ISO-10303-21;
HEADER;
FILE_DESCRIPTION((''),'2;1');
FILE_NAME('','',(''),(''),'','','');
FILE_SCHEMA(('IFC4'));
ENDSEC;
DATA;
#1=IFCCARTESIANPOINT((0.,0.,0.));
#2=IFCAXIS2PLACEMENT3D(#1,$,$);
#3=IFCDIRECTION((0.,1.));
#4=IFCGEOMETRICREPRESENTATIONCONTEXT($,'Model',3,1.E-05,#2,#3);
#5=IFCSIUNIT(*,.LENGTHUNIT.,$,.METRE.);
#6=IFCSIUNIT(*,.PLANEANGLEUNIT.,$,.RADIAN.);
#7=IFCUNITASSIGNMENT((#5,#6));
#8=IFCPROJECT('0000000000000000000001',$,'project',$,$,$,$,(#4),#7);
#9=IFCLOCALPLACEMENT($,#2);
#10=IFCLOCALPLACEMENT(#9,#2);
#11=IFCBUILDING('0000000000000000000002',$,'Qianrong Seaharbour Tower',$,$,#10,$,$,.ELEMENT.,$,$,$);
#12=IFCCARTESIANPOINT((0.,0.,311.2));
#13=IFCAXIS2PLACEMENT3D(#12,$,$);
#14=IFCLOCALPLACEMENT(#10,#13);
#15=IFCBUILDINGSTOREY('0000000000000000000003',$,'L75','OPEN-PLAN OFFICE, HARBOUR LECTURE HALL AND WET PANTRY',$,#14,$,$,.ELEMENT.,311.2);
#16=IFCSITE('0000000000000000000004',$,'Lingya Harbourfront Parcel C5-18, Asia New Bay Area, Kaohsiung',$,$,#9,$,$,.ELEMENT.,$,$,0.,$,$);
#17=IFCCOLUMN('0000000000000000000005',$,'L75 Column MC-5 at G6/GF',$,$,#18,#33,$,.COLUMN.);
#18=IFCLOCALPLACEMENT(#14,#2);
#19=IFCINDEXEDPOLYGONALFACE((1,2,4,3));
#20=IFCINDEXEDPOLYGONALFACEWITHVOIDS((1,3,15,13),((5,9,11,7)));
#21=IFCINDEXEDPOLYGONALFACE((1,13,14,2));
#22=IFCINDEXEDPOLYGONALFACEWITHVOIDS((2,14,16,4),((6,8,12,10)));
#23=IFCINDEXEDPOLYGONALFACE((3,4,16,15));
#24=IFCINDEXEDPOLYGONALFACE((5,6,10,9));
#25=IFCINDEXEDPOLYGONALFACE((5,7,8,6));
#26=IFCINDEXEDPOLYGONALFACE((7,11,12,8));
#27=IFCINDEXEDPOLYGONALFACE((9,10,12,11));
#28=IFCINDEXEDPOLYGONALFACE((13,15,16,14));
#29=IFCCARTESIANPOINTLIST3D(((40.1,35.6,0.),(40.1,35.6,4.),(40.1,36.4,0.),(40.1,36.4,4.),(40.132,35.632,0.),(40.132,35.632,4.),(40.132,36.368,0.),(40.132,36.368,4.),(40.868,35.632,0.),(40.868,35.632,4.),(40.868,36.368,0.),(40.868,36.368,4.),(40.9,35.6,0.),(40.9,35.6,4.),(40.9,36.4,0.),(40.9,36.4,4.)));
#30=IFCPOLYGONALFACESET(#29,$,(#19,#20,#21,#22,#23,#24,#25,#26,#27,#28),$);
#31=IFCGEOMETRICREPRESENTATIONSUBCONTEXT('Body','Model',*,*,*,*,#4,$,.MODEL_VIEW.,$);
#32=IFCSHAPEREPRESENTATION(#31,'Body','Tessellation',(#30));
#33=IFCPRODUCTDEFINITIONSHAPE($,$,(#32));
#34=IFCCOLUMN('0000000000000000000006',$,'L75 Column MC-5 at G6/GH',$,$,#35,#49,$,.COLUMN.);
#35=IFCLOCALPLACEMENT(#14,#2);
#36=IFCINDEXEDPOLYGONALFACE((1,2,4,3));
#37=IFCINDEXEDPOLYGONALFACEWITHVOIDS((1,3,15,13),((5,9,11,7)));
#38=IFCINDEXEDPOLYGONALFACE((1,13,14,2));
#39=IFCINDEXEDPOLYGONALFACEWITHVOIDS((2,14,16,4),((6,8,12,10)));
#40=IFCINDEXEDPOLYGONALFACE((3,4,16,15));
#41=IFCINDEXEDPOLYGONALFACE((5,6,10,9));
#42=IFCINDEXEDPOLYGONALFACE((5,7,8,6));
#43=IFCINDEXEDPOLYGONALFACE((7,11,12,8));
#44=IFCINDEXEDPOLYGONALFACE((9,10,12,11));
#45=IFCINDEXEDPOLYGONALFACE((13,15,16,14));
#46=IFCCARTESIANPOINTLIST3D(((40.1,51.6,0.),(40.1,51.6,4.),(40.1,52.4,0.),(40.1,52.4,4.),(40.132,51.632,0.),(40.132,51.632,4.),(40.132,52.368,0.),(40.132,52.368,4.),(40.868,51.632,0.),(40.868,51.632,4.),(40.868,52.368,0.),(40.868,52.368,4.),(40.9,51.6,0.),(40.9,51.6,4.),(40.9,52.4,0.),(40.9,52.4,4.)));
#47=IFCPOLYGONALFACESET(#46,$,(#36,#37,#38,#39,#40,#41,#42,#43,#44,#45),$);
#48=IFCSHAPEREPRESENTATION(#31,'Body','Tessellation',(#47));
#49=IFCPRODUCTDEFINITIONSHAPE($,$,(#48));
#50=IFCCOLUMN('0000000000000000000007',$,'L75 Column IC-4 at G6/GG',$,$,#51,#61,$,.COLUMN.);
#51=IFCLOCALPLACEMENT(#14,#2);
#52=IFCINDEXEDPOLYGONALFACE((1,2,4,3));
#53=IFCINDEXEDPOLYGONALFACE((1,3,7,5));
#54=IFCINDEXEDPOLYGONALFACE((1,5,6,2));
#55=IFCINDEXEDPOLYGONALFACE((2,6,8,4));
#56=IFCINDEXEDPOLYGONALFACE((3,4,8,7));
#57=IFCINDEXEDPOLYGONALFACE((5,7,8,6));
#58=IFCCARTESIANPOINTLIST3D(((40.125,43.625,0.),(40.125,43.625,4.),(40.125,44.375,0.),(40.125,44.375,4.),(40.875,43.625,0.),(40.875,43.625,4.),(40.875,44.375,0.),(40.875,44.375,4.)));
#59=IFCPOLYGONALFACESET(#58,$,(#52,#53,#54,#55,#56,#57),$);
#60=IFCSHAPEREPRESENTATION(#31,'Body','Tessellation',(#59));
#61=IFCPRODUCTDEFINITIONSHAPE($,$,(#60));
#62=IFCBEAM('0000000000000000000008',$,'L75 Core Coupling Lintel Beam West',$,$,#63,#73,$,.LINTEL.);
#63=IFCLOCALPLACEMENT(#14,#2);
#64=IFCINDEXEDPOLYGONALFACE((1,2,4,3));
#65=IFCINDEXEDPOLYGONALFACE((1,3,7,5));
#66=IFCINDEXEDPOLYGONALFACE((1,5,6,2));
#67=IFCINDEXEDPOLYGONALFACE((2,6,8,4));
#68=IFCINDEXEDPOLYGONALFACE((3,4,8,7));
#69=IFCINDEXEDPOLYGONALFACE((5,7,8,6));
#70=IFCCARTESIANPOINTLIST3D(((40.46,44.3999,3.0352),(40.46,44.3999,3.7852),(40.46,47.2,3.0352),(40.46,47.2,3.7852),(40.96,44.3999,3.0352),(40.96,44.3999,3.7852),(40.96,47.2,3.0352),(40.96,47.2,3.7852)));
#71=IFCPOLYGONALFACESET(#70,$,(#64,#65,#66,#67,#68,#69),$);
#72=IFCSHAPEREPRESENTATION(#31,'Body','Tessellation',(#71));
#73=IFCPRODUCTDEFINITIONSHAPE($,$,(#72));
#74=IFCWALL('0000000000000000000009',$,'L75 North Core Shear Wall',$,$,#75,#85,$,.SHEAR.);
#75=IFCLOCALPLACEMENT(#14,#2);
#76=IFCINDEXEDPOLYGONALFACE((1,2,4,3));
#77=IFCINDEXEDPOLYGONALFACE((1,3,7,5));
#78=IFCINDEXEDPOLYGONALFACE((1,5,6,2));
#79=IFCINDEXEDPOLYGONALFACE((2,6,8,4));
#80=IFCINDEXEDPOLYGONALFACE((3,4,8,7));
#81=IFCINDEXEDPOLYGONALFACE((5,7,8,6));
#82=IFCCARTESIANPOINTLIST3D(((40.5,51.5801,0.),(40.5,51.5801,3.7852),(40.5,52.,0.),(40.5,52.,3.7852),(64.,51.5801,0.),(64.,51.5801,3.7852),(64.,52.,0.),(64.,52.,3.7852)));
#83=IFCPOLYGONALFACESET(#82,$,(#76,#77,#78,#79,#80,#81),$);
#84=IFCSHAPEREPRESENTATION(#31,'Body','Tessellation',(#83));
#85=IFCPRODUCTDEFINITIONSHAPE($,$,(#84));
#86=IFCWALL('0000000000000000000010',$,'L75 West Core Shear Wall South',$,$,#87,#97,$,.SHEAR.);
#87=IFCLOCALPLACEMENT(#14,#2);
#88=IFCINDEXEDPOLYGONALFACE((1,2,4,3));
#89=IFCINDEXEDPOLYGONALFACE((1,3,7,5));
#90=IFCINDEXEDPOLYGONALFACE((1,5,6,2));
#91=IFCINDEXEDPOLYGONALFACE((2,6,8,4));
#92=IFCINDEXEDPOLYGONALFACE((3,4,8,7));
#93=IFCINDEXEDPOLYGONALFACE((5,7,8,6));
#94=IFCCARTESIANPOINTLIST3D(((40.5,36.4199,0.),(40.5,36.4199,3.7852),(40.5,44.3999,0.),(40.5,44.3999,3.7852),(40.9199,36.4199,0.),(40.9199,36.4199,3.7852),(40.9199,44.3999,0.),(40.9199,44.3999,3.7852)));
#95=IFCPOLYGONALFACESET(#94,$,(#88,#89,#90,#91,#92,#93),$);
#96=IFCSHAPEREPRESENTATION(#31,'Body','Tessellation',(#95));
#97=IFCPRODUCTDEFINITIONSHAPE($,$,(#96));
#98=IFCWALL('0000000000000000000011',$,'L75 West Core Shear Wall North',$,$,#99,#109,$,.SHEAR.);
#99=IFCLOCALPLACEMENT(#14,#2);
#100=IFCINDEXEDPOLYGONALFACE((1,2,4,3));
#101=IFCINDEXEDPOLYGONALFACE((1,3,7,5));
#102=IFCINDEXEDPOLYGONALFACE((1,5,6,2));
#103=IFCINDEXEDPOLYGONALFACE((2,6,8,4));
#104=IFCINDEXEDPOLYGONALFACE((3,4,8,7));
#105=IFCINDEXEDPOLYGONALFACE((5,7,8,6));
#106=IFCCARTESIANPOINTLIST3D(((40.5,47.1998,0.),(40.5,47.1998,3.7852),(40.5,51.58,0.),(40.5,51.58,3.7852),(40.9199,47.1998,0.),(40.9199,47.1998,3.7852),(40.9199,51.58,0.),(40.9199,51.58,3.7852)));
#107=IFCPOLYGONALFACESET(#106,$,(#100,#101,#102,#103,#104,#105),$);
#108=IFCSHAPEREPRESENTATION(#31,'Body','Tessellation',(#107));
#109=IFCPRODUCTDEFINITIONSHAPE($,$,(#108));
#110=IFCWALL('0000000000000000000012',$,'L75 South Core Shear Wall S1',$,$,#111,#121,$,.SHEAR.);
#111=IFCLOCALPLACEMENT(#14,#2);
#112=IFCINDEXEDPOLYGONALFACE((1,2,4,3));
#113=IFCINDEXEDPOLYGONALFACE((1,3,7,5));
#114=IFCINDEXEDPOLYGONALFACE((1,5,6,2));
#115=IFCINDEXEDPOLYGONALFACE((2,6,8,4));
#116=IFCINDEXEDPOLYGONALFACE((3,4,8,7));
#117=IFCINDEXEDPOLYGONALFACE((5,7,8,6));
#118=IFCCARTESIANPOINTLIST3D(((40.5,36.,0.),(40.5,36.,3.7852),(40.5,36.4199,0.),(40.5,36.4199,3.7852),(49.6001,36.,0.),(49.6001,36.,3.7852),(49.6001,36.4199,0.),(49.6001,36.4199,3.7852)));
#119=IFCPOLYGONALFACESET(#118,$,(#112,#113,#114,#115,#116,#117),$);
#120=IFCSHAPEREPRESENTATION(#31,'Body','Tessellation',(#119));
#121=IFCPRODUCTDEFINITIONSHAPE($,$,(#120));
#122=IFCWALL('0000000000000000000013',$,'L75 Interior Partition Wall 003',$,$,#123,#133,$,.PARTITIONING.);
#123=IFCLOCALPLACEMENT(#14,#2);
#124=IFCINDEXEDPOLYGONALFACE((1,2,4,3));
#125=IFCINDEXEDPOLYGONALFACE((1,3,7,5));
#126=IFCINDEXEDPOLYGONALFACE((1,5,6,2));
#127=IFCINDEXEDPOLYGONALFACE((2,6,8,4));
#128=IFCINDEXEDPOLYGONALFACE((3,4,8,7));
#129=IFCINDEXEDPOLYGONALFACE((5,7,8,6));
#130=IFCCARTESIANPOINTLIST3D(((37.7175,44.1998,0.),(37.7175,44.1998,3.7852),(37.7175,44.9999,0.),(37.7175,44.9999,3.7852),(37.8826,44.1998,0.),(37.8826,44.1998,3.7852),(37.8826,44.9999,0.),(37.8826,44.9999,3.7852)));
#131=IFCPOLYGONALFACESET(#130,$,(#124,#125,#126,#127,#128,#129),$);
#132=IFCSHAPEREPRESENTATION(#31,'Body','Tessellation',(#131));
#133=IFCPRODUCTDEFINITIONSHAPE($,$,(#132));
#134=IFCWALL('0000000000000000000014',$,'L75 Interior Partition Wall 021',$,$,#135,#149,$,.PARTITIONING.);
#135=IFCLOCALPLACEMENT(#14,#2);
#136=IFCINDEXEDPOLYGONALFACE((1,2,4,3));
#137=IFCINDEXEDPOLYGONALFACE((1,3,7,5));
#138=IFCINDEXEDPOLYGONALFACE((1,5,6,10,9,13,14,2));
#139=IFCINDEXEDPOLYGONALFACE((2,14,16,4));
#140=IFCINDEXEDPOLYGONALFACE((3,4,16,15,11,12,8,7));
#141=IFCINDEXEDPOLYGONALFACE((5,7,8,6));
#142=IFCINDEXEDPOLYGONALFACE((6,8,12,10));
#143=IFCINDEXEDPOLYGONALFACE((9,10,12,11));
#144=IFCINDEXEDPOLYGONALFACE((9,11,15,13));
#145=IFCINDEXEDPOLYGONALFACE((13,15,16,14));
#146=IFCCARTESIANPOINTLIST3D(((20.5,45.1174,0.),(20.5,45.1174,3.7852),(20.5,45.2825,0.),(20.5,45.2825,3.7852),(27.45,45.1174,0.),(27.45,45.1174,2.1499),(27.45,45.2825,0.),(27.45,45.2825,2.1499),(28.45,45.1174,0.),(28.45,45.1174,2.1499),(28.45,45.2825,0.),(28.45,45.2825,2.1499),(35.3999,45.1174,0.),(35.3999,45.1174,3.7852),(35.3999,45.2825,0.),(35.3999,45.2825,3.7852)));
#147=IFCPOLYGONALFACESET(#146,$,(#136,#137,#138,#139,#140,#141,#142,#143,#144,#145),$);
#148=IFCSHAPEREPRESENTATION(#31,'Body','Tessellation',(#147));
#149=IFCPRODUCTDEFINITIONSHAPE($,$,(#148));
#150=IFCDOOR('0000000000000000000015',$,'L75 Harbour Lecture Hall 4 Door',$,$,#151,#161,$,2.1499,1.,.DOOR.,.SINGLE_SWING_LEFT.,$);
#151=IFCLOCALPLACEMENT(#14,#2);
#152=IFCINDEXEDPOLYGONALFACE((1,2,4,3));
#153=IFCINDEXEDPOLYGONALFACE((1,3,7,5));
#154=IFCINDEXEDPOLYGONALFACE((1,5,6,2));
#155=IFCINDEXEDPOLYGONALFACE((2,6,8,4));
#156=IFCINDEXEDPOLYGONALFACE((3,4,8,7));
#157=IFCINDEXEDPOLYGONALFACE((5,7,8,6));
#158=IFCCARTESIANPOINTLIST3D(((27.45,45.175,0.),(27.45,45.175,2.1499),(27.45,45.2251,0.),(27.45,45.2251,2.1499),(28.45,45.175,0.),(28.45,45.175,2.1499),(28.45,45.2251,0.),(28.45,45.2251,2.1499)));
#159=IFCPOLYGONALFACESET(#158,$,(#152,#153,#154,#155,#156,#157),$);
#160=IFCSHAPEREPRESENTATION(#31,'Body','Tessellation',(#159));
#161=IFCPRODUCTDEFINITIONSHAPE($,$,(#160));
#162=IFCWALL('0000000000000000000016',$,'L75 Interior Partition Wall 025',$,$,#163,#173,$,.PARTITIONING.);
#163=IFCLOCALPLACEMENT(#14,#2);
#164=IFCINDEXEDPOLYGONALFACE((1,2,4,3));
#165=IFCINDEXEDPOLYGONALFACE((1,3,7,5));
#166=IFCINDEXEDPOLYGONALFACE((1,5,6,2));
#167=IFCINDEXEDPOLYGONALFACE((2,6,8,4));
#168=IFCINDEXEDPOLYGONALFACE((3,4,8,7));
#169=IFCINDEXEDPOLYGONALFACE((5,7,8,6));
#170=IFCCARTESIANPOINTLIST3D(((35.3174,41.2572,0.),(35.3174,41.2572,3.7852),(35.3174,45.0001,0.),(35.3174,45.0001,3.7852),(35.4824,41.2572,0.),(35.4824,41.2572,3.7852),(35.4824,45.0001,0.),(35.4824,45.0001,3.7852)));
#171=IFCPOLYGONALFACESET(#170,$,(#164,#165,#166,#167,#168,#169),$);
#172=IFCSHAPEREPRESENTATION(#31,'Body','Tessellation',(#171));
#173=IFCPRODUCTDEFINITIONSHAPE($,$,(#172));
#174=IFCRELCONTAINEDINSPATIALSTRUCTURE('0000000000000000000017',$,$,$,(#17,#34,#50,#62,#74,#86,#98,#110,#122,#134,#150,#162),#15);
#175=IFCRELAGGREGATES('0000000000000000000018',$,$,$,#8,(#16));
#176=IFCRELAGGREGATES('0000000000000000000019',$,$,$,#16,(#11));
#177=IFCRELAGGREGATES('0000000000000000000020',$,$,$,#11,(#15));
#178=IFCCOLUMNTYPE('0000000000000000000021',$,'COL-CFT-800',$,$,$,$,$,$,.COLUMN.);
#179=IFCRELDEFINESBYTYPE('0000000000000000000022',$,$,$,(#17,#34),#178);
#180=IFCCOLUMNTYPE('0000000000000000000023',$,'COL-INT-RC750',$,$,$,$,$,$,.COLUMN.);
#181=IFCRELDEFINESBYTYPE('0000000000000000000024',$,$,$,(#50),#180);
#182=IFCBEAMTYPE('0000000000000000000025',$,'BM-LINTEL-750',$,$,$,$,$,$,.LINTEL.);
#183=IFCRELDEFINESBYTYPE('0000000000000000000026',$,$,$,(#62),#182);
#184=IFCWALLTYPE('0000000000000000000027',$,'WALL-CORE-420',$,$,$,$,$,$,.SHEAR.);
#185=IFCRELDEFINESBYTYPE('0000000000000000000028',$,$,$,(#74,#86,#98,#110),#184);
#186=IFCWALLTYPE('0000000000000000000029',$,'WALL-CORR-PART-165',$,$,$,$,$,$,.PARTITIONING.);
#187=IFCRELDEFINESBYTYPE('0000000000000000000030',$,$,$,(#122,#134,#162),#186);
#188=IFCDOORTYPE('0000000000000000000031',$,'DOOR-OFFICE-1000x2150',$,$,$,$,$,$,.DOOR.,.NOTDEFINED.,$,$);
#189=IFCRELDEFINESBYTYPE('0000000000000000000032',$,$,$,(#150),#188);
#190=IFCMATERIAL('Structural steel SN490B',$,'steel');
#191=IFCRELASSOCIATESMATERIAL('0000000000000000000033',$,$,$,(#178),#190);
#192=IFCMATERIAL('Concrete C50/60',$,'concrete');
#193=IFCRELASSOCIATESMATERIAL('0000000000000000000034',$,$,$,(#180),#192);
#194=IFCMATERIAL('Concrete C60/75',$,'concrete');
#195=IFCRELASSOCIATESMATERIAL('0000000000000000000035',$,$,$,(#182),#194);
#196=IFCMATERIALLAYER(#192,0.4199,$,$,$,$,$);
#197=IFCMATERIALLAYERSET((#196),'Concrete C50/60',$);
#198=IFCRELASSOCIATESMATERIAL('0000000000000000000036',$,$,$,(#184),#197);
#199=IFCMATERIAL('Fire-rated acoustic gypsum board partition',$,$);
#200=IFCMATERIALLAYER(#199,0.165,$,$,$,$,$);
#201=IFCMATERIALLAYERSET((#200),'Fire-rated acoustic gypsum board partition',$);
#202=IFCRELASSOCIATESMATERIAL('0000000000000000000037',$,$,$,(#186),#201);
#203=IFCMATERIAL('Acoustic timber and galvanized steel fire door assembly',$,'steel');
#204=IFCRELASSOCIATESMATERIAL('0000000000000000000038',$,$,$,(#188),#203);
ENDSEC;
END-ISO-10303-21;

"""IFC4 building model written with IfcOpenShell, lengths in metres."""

from ifc_helpers import new_model, si_unit, direction, frame, frame_2d, origin, origin_2d, place, context, subcontext, project, spatial, rectangle, hollow_rectangle, extrude, material, layer, layer_set, material_profile, profile_set, type_object, element, fill, save


model = new_model("IFC4")

# Units and contexts
model_context = context("Model", 3, precision=1e-05, world=origin(), true_north=direction((0.0, 1.0)))
body_context = subcontext(model_context, "Body", "Model", "MODEL_VIEW")
ifc_project = project(units=[si_unit("LENGTHUNIT", "METRE"), si_unit("PLANEANGLEUNIT", "RADIAN")], contexts=[model_context])

# Site, building, storey
site_placement = place(None, origin())
site = spatial("IfcSite", under=ifc_project, at=site_placement, Name="Lingya Harbourfront Parcel C5-18, Asia New Bay Area, Kaohsiung", CompositionType="ELEMENT", RefElevation=0.0)
building_placement = place(site_placement, origin())
building = spatial("IfcBuilding", under=site, at=building_placement, Name="Qianrong Seaharbour Tower", CompositionType="ELEMENT")
storey_placement = place(building_placement, frame((0.0, 0.0, 311.2)))
storey = spatial("IfcBuildingStorey", under=building, at=storey_placement, Name="L75", Description="OPEN-PLAN OFFICE, HARBOUR LECTURE HALL AND WET PANTRY", CompositionType="ELEMENT", Elevation=311.2)

# Columns
ifc_material_1 = material(Name="Structural steel SN490B", Category="steel")
ifc_material_profile_1 = material_profile(ifc_material_1, hollow_rectangle(XDim=0.8, YDim=0.8, WallThickness=0.032, at=origin_2d()), Name="BOX800x800x32")
ifc_profile_set_1 = profile_set([ifc_material_profile_1], Name="Structural steel SN490B")
column_type_1 = type_object("IfcColumnType", Name="COL-CFT-800", PredefinedType="COLUMN", material=ifc_profile_set_1)
for number, where, z_axis, x_axis, name in (
    (1, (40.5, 36.0, 0.0), (0.0, 0.0, 1.0), (1.0, 0.0, 0.0), "L75 Column MC-5 at G6/GF"),
    (2, (40.5, 52.0, 0.0), (0.0, 0.0, 1.0), (1.0, 0.0, 0.0), "L75 Column MC-5 at G6/GH"),
):
    element("IfcColumn", number, at=place(storey_placement, frame(where, z_axis=z_axis, x_axis=x_axis)), inside=storey, type_object=column_type_1, Name=name, PredefinedType="COLUMN", context=body_context, shape_type="SweptSolid", body=[
        extrude(hollow_rectangle(XDim=0.8, YDim=0.8, WallThickness=0.032, at=origin_2d()), origin(), (0.0, 0.0, 1.0), 4.0),
    ])
ifc_material_2 = material(Name="Concrete C50/60", Category="concrete")
ifc_material_profile_2 = material_profile(ifc_material_2, rectangle(XDim=0.75, YDim=0.75, at=origin_2d()), Name="RC750x750")
ifc_profile_set_2 = profile_set([ifc_material_profile_2], Name="Concrete C50/60")
column_type_2 = type_object("IfcColumnType", Name="COL-INT-RC750", PredefinedType="COLUMN", material=ifc_profile_set_2)
column_placement = place(storey_placement, frame((40.5, 44.0, 0.0), z_axis=(0.0, 0.0, 1.0), x_axis=(1.0, 0.0, 0.0)))
element("IfcColumn", 3, at=column_placement, inside=storey, type_object=column_type_2, Name="L75 Column IC-4 at G6/GG", PredefinedType="COLUMN", context=body_context, shape_type="SweptSolid", body=[
    extrude(rectangle(XDim=0.75, YDim=0.75, at=origin_2d()), origin(), (0.0, 0.0, 1.0), 4.0),
])

# Beam
ifc_material_3 = material(Name="Concrete C60/75", Category="concrete")
ifc_material_profile_3 = material_profile(ifc_material_3, rectangle(XDim=0.5, YDim=0.75, at=origin_2d()), Name="RC500x750")
ifc_profile_set_3 = profile_set([ifc_material_profile_3], Name="Concrete C60/75")
beam_type = type_object("IfcBeamType", Name="BM-LINTEL-750", PredefinedType="LINTEL", material=ifc_profile_set_3)
beam_placement = place(storey_placement, frame((40.71, 44.3999, 3.4102), z_axis=(0.0, 1.0, 0.0), x_axis=(-1.0, 0.0, 0.0)))
element("IfcBeam", 4, at=beam_placement, inside=storey, type_object=beam_type, Name="L75 Core Coupling Lintel Beam West", PredefinedType="LINTEL", context=body_context, shape_type="SweptSolid", body=[
    extrude(rectangle(XDim=0.5, YDim=0.75, at=origin_2d()), origin(), (0.0, 0.0, 1.0), 2.8),
])

# Walls
ifc_layer_1 = layer(ifc_material_2, 0.4199)
ifc_layer_set_1 = layer_set([ifc_layer_1], Name="Concrete C50/60")
wall_type_1 = type_object("IfcWallType", Name="WALL-CORE-420", PredefinedType="SHEAR", material=ifc_layer_set_1)
wall_1_placement = place(storey_placement, frame((40.5, 51.79, 0.0), z_axis=(0.0, 0.0, 1.0), x_axis=(1.0, 0.0, 0.0)))
element("IfcWall", 5, at=wall_1_placement, inside=storey, type_object=wall_type_1, Name="L75 North Core Shear Wall", PredefinedType="SHEAR", context=body_context, shape_type="SweptSolid", body=[
    extrude(rectangle(XDim=23.5, YDim=0.4199, at=frame_2d((11.75, 0.0))), origin(), (0.0, 0.0, 1.0), 3.7852),
])
wall_2_placement = place(storey_placement, frame((40.71, 36.4199, 0.0), z_axis=(0.0, 0.0, 1.0), x_axis=(0.0, 1.0, 0.0)))
element("IfcWall", 6, at=wall_2_placement, inside=storey, type_object=wall_type_1, Name="L75 West Core Shear Wall South", PredefinedType="SHEAR", context=body_context, shape_type="SweptSolid", body=[
    extrude(rectangle(XDim=7.98, YDim=0.4199, at=frame_2d((3.99, 0.0))), origin(), (0.0, 0.0, 1.0), 3.7852),
])
wall_3_placement = place(storey_placement, frame((40.71, 47.2, 0.0), z_axis=(0.0, 0.0, 1.0), x_axis=(0.0, 1.0, 0.0)))
element("IfcWall", 7, at=wall_3_placement, inside=storey, type_object=wall_type_1, Name="L75 West Core Shear Wall North", PredefinedType="SHEAR", context=body_context, shape_type="SweptSolid", body=[
    extrude(rectangle(XDim=4.3801, YDim=0.4199, at=frame_2d((2.1899, 0.0))), origin(), (0.0, 0.0, 1.0), 3.7852),
])
wall_4_placement = place(storey_placement, frame((40.5, 36.21, 0.0), z_axis=(0.0, 0.0, 1.0), x_axis=(1.0, 0.0, 0.0)))
element("IfcWall", 8, at=wall_4_placement, inside=storey, type_object=wall_type_1, Name="L75 South Core Shear Wall S1", PredefinedType="SHEAR", context=body_context, shape_type="SweptSolid", body=[
    extrude(rectangle(XDim=9.1001, YDim=0.4199, at=frame_2d((4.55, 0.0))), origin(), (0.0, 0.0, 1.0), 3.7852),
])

# Shared definitions
ifc_material_4 = material(Name="Fire-rated acoustic gypsum board partition")
ifc_layer_2 = layer(ifc_material_4, 0.165)
ifc_layer_set_2 = layer_set([ifc_layer_2], Name="Fire-rated acoustic gypsum board partition")
wall_type_2 = type_object("IfcWallType", Name="WALL-CORR-PART-165", PredefinedType="PARTITIONING", material=ifc_layer_set_2)
ifc_material_5 = material(Name="Acoustic timber and galvanized steel fire door assembly", Category="steel")

# Wall
wall_5_placement = place(storey_placement, frame((37.8, 44.2, 0.0), z_axis=(0.0, 0.0, 1.0), x_axis=(0.0, 1.0, 0.0)))
element("IfcWall", 9, at=wall_5_placement, inside=storey, type_object=wall_type_2, Name="L75 Interior Partition Wall 003", PredefinedType="PARTITIONING", context=body_context, shape_type="SweptSolid", body=[
    extrude(rectangle(XDim=0.8, YDim=0.165, at=frame_2d((0.3999, 0.0))), origin(), (0.0, 0.0, 1.0), 3.7852),
])

# Wall, opening, door
wall_6_placement = place(storey_placement, frame((35.3999, 45.2, 0.0), z_axis=(0.0, 0.0, 1.0), x_axis=(-1.0, 0.0, 0.0)))
wall_6 = element("IfcWall", 10, at=wall_6_placement, inside=storey, type_object=wall_type_2, Name="L75 Interior Partition Wall 021", PredefinedType="PARTITIONING", context=body_context, shape_type="SweptSolid", body=[
    extrude(rectangle(XDim=14.8999, YDim=0.165, at=frame_2d((7.45, 0.0))), origin(), (0.0, 0.0, 1.0), 3.7852),
])
opening_1_placement = place(wall_6_placement, frame((6.95, 0.0, 0.0)))
opening_1 = element("IfcOpeningElement", 11, at=opening_1_placement, cuts=wall_6, PredefinedType="OPENING", context=body_context, shape_type="SweptSolid", body=[
    extrude(rectangle(XDim=1.0, YDim=2.1499, at=frame_2d((0.5, 1.075))), frame((0.0, 0.0925, 0.0), z_axis=(0.0, -1.0, 0.0), x_axis=(1.0, 0.0, 0.0)), (0.0, 0.0, 1.0), 0.1851),
])
door_type_1 = type_object("IfcDoorType", Name="DOOR-OFFICE-1000x2150", OperationType="NOTDEFINED", PredefinedType="DOOR", material=ifc_material_5)
door_1_placement = place(opening_1_placement, origin())
door_1 = element("IfcDoor", 12, at=door_1_placement, inside=storey, type_object=door_type_1, Name="L75 Harbour Lecture Hall 4 Door", OperationType="SINGLE_SWING_LEFT", OverallHeight=2.1499, OverallWidth=1.0, PredefinedType="DOOR", context=body_context, shape_type="SweptSolid", body=[
    extrude(rectangle(XDim=1.0, YDim=2.1499, at=frame_2d((0.5, 1.075))), frame((0.0, 0.0249, 0.0), z_axis=(0.0, -1.0, 0.0), x_axis=(1.0, 0.0, 0.0)), (0.0, 0.0, 1.0), 0.05),
])
fill(opening_1, door_1)

# Wall
wall_7_placement = place(storey_placement, frame((35.3999, 41.2571, 0.0), z_axis=(0.0, 0.0, 1.0), x_axis=(0.0, 1.0, 0.0)))
element("IfcWall", 13, at=wall_7_placement, inside=storey, type_object=wall_type_2, Name="L75 Interior Partition Wall 025", PredefinedType="PARTITIONING", context=body_context, shape_type="SweptSolid", body=[
    extrude(rectangle(XDim=3.7429, YDim=0.165, at=frame_2d((1.8716, 0.0))), origin(), (0.0, 0.0, 1.0), 3.7852),
])

save(model, "model.ifc")
